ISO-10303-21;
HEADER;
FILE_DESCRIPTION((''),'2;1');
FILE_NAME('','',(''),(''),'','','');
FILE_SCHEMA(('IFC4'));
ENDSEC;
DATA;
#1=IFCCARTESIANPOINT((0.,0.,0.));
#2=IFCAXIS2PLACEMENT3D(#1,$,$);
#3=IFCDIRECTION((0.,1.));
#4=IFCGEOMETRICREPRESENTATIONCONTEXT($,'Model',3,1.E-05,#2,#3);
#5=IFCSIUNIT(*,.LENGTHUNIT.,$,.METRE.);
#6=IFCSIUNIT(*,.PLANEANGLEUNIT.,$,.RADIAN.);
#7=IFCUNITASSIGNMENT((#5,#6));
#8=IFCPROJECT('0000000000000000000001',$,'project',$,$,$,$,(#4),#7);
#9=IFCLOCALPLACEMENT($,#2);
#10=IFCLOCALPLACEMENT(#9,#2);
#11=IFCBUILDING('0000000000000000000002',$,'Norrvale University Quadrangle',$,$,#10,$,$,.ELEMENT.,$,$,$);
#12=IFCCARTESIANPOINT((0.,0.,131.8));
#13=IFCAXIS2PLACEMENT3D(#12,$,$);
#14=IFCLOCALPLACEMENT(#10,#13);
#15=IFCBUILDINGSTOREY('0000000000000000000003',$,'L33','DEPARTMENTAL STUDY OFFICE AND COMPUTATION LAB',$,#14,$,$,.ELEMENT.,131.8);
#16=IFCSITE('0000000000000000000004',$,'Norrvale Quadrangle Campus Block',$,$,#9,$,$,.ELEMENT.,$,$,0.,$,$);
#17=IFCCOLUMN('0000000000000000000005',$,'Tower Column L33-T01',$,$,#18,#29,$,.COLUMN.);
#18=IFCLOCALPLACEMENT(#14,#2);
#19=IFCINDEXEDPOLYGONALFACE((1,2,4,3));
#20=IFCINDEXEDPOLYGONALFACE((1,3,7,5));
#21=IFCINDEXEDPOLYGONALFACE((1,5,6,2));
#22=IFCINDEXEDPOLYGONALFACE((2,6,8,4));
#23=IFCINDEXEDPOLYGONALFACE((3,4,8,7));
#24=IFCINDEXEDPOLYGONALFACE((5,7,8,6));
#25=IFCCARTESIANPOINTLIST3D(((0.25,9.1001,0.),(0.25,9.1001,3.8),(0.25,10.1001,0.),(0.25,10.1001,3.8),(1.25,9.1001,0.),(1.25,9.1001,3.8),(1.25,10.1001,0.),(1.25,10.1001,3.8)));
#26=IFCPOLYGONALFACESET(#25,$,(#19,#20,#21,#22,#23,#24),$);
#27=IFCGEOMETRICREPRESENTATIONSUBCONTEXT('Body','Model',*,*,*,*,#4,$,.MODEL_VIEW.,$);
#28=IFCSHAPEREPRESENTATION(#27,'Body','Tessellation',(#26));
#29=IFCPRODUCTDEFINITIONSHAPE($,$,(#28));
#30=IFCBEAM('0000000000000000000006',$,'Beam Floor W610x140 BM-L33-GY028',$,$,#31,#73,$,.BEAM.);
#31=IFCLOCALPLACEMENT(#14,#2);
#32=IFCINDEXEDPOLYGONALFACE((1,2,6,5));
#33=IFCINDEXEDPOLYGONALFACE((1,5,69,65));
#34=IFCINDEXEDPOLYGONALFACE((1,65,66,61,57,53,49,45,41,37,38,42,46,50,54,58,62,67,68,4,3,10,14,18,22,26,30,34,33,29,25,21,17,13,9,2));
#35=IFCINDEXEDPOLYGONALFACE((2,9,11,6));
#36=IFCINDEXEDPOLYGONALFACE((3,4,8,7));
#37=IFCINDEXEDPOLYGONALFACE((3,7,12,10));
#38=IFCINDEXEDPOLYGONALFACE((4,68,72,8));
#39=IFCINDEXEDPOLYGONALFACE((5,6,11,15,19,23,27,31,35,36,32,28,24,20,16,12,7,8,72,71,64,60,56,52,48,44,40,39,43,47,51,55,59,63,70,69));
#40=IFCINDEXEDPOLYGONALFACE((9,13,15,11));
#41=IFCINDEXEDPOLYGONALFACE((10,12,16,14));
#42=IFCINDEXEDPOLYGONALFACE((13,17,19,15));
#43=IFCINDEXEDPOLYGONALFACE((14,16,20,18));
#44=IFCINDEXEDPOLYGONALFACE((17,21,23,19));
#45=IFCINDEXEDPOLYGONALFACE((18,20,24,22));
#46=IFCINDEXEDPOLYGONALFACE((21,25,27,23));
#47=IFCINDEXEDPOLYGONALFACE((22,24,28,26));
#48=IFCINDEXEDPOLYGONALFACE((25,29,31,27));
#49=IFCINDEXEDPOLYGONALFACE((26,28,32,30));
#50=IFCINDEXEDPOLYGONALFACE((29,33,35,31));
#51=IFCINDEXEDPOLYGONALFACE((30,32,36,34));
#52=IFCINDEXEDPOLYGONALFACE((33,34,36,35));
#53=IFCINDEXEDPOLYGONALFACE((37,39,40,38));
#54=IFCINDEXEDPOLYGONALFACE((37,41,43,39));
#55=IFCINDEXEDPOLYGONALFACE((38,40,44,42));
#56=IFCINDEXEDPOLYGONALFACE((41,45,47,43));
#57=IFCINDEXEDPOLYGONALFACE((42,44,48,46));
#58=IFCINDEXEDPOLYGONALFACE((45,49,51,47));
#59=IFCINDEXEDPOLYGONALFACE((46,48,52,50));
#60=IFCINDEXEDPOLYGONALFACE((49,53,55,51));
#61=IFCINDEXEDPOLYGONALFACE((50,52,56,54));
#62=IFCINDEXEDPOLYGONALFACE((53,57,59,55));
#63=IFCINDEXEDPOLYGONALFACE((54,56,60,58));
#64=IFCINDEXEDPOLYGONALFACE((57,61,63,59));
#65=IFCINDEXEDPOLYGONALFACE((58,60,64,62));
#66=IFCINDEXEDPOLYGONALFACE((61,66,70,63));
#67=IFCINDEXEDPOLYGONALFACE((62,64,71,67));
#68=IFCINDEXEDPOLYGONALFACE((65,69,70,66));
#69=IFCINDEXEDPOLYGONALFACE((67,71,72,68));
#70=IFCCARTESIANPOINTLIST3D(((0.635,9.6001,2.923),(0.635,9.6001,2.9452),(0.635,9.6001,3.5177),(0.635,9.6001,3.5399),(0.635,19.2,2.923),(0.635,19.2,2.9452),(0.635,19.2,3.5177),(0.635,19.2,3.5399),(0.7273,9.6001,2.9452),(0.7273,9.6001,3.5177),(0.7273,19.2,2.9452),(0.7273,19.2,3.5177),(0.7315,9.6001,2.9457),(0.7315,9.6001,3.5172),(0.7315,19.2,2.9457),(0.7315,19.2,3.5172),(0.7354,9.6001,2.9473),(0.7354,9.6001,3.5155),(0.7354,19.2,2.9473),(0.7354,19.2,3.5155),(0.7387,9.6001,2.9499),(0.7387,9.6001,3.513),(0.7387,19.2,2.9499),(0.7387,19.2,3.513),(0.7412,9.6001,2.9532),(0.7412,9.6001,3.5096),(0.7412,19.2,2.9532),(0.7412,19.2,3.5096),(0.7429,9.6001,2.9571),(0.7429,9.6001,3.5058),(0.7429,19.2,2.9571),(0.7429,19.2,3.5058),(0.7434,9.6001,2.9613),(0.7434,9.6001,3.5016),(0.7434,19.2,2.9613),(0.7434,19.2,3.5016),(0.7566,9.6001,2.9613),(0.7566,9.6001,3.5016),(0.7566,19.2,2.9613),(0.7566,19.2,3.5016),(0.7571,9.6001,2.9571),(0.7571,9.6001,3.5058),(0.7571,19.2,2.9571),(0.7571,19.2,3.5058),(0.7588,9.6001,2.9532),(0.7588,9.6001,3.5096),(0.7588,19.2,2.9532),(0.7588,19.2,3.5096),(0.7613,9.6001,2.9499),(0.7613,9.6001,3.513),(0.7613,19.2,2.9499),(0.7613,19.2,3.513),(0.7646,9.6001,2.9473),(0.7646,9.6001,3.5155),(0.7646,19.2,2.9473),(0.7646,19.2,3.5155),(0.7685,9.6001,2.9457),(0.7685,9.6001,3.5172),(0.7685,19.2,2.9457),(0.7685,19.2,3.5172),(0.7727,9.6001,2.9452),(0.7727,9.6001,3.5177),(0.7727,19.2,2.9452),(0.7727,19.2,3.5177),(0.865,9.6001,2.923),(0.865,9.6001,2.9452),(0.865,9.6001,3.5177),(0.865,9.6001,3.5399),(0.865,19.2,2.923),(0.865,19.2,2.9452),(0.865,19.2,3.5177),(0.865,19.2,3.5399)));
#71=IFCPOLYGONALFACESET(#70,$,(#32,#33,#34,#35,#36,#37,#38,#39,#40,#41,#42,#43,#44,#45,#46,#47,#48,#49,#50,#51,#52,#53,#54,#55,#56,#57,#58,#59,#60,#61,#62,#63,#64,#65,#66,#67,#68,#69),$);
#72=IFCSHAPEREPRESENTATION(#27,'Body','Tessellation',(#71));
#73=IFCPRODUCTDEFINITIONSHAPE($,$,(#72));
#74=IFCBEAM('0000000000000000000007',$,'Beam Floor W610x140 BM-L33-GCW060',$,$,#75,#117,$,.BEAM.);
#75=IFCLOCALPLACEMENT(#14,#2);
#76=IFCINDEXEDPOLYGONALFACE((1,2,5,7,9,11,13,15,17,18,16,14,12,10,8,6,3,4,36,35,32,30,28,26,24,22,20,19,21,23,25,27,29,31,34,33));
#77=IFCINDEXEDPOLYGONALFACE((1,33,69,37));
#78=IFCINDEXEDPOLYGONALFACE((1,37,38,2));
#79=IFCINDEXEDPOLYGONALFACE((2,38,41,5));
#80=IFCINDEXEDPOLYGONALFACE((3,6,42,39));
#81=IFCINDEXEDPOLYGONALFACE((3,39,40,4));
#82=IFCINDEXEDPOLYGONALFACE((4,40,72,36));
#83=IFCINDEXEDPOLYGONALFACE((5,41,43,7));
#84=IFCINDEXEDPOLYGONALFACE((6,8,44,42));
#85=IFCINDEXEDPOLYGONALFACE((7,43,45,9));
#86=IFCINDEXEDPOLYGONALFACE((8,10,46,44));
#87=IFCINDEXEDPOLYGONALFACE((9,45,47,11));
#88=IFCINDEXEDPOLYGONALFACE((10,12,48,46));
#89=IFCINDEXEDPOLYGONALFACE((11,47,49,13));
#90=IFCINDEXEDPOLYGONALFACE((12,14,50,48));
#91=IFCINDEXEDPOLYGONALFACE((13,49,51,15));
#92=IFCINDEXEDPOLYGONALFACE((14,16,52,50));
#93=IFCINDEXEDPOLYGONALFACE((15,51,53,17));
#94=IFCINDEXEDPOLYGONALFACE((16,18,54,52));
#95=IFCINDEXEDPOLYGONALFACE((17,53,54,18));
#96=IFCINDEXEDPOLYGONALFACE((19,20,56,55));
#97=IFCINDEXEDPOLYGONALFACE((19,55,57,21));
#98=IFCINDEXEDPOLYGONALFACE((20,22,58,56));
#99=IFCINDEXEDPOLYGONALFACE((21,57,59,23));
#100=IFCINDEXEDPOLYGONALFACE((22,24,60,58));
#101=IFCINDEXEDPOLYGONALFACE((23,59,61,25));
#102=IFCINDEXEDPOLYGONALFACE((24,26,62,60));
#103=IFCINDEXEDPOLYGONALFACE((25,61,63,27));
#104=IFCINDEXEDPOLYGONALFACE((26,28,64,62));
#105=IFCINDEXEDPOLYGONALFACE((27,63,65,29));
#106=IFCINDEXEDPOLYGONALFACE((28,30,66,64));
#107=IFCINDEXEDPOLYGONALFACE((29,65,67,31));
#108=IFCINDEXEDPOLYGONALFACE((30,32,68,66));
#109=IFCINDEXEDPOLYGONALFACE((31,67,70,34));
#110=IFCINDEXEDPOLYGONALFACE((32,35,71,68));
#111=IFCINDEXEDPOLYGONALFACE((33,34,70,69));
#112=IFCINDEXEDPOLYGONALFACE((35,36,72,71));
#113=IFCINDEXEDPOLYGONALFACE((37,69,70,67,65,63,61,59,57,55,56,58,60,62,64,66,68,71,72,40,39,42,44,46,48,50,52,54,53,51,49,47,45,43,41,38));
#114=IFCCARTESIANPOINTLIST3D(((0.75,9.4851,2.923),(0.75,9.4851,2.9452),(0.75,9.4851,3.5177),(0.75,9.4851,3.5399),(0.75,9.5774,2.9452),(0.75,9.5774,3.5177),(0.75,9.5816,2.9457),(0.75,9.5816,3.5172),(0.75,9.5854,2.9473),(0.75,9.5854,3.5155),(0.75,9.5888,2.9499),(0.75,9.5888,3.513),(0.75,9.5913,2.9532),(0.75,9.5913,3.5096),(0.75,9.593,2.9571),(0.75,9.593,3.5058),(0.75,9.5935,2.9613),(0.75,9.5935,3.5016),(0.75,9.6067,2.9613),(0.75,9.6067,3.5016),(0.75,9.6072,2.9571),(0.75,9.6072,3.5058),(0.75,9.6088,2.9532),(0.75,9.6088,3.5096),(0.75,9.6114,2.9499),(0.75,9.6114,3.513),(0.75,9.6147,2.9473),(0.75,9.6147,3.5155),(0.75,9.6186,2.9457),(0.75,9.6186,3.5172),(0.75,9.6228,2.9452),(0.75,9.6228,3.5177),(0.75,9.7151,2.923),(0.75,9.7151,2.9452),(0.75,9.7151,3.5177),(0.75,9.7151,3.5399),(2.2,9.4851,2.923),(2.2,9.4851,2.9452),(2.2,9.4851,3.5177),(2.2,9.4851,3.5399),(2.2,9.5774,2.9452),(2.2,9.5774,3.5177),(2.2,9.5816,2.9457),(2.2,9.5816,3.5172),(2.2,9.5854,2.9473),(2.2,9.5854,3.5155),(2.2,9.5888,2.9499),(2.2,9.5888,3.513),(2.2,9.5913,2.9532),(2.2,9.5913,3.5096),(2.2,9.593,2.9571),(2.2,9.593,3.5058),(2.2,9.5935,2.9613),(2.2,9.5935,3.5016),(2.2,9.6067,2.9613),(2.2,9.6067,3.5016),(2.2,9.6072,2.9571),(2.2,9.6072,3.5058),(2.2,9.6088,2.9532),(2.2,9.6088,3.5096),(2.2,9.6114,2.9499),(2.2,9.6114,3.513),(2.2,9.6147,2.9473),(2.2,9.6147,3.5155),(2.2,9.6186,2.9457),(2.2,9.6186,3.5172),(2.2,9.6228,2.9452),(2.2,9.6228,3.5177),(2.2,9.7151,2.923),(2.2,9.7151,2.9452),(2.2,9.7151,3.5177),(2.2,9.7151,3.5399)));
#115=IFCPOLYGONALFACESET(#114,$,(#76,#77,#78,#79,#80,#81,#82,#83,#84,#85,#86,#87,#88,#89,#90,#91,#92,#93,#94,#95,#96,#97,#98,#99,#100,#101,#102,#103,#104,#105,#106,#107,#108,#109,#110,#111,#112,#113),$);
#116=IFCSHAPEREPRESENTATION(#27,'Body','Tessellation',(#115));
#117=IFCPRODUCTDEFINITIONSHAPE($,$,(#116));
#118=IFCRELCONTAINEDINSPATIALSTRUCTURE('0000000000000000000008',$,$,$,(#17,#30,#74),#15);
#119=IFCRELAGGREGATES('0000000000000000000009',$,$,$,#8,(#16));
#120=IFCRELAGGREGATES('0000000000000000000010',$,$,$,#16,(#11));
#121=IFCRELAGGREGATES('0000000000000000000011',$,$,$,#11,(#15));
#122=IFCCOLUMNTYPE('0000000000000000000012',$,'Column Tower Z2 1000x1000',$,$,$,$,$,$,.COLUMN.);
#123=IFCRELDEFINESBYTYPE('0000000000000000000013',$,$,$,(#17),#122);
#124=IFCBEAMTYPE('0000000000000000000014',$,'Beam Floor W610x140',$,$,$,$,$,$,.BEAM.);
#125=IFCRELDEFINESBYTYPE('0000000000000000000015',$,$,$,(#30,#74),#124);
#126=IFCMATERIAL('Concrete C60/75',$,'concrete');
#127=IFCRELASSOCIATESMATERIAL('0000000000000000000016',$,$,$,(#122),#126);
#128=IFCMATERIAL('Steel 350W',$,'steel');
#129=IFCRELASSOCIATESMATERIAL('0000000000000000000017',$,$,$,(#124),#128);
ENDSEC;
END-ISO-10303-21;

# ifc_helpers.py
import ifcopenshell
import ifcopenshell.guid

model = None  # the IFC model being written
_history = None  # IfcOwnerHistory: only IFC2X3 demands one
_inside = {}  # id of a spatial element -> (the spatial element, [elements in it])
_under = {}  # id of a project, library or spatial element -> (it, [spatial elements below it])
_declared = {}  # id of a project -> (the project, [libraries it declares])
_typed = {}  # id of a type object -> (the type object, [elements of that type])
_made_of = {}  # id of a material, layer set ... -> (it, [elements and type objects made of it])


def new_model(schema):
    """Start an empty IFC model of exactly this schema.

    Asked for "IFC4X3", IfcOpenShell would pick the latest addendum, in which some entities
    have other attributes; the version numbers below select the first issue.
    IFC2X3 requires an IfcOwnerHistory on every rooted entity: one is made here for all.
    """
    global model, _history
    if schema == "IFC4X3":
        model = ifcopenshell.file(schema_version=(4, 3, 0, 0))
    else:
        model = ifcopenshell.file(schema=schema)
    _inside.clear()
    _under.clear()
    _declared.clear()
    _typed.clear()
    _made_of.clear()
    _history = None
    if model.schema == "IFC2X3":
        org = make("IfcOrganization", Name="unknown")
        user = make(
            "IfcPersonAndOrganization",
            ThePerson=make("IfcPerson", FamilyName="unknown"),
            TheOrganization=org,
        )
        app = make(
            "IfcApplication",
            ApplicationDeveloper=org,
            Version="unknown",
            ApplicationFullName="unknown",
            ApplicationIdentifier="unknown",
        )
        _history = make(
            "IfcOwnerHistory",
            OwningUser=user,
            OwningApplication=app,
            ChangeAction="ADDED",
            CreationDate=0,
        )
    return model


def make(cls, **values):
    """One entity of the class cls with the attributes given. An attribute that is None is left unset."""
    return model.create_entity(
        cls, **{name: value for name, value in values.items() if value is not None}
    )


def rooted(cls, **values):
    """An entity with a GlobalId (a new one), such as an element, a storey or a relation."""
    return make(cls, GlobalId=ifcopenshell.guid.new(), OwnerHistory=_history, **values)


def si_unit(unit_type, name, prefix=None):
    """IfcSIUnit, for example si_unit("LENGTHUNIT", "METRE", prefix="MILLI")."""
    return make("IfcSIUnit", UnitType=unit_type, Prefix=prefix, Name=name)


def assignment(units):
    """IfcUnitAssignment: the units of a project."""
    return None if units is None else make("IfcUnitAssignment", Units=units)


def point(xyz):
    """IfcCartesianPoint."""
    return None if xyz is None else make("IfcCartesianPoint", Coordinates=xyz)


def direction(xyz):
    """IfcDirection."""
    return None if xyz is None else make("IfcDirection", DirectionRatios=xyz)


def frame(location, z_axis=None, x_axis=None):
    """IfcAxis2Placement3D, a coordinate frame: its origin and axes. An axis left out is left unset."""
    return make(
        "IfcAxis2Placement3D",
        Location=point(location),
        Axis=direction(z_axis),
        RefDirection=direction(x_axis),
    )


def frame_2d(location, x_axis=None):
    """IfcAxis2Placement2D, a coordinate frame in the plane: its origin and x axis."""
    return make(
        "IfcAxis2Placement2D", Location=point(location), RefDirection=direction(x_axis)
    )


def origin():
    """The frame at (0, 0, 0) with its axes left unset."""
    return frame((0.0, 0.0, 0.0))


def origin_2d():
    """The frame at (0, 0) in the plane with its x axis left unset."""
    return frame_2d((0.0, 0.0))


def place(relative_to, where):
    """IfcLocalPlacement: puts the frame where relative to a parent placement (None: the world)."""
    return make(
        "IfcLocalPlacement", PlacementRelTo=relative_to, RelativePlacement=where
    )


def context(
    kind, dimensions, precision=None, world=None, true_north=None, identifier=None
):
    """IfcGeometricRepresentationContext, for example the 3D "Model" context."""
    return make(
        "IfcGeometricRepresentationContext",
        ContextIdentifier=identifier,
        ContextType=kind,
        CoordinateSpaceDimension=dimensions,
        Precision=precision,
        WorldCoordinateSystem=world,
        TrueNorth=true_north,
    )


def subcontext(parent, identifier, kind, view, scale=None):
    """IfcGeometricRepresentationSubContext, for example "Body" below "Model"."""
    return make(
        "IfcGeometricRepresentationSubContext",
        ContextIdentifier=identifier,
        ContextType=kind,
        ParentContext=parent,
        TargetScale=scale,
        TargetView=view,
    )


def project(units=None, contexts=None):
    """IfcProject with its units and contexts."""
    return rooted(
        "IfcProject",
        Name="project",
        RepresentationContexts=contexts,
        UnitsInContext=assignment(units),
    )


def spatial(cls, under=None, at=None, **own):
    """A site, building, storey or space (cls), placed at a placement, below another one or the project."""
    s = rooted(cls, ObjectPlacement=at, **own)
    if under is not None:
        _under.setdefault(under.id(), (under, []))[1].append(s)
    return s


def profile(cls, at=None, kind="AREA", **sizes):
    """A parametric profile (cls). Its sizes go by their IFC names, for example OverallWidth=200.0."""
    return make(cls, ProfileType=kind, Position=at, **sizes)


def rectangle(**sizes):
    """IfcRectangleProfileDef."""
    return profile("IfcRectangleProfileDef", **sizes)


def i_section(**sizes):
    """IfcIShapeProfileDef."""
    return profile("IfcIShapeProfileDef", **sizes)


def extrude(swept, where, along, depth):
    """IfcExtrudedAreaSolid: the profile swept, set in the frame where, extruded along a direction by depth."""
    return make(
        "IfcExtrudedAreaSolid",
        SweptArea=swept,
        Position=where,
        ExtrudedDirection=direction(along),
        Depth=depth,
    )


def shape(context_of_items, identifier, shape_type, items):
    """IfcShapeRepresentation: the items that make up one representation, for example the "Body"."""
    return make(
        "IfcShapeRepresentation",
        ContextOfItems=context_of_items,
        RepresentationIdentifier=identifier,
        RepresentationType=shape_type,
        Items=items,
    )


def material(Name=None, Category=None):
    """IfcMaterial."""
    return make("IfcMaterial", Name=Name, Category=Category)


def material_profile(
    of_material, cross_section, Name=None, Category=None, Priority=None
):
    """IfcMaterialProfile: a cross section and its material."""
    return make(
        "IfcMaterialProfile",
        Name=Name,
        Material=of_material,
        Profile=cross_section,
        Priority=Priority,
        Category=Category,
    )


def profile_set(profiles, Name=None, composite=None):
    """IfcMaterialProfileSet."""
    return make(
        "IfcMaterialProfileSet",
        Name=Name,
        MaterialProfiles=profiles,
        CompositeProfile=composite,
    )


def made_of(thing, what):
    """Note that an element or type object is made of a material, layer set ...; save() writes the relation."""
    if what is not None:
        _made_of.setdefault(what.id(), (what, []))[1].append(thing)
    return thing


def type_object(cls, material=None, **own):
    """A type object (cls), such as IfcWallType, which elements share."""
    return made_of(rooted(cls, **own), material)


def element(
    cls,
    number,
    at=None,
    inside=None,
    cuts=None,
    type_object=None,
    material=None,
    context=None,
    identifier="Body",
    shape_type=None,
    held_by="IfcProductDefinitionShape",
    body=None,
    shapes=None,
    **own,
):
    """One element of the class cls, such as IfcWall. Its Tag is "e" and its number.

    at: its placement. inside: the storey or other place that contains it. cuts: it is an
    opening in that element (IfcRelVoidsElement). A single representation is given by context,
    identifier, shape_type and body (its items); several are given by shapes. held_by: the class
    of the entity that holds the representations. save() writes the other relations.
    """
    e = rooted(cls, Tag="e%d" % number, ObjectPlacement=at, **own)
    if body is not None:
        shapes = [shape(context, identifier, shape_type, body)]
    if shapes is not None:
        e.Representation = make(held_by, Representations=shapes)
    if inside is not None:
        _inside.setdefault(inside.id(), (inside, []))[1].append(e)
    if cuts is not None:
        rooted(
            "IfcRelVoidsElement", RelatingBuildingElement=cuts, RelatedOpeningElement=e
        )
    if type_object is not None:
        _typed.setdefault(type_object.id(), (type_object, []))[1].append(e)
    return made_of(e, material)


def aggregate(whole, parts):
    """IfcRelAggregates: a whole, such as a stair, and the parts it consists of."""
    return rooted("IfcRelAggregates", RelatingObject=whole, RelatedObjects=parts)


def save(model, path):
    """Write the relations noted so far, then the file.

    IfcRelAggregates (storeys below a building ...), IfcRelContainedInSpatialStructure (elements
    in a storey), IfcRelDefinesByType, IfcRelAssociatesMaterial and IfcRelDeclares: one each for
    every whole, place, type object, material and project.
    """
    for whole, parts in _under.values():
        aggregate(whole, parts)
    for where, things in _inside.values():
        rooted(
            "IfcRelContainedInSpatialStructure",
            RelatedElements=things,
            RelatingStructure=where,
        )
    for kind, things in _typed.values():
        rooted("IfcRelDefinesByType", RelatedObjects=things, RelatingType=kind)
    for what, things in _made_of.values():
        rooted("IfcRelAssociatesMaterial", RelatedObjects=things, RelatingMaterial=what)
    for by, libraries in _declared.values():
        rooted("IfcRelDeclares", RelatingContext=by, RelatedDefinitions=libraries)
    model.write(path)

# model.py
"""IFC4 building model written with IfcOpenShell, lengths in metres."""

from ifc_helpers import new_model, si_unit, direction, frame, origin, origin_2d, place, context, subcontext, project, spatial, rectangle, i_section, extrude, material, material_profile, profile_set, type_object, element, save


model = new_model("IFC4")

# Units and contexts
model_context = context("Model", 3, precision=1e-05, world=origin(), true_north=direction((0.0, 1.0)))
body_context = subcontext(model_context, "Body", "Model", "MODEL_VIEW")
ifc_project = project(units=[si_unit("LENGTHUNIT", "METRE"), si_unit("PLANEANGLEUNIT", "RADIAN")], contexts=[model_context])

# Site, building, storey
site_placement = place(None, origin())
site = spatial("IfcSite", under=ifc_project, at=site_placement, Name="Norrvale Quadrangle Campus Block", CompositionType="ELEMENT", RefElevation=0.0)
building_placement = place(site_placement, origin())
building = spatial("IfcBuilding", under=site, at=building_placement, Name="Norrvale University Quadrangle", CompositionType="ELEMENT")
storey_placement = place(building_placement, frame((0.0, 0.0, 131.8)))
storey = spatial("IfcBuildingStorey", under=building, at=storey_placement, Name="L33", Description="DEPARTMENTAL STUDY OFFICE AND COMPUTATION LAB", CompositionType="ELEMENT", Elevation=131.8)

# Column
ifc_material_1 = material(Name="Concrete C60/75", Category="concrete")
ifc_material_profile_1 = material_profile(ifc_material_1, rectangle(XDim=1.0, YDim=1.0, at=origin_2d()), Name="Concrete C60/75")
ifc_profile_set_1 = profile_set([ifc_material_profile_1], Name="Concrete C60/75")
column_type = type_object("IfcColumnType", Name="Column Tower Z2 1000x1000", PredefinedType="COLUMN", material=ifc_profile_set_1)
column_placement = place(storey_placement, frame((0.75, 9.6001, 0.0), z_axis=(0.0, 0.0, 1.0), x_axis=(1.0, 0.0, 0.0)))
element("IfcColumn", 1, at=column_placement, inside=storey, type_object=column_type, Name="Tower Column L33-T01", PredefinedType="COLUMN", context=body_context, shape_type="SweptSolid", body=[
    extrude(rectangle(XDim=1.0, YDim=1.0, at=origin_2d()), origin(), (0.0, 0.0, 1.0), 3.8),
])

# Beams
ifc_material_2 = material(Name="Steel 350W", Category="steel")
ifc_material_profile_2 = material_profile(ifc_material_2, i_section(OverallWidth=0.23, OverallDepth=0.6169, WebThickness=0.0132, FlangeThickness=0.0222, FilletRadius=0.0161, at=origin_2d()), Name="Steel 350W")
ifc_profile_set_2 = profile_set([ifc_material_profile_2], Name="Steel 350W")
beam_type = type_object("IfcBeamType", Name="Beam Floor W610x140", PredefinedType="BEAM", material=ifc_profile_set_2)
beam_1_placement = place(storey_placement, frame((0.75, 9.6001, 3.2314), z_axis=(0.0, 1.0, 0.0), x_axis=(-1.0, 0.0, 0.0)))
element("IfcBeam", 2, at=beam_1_placement, inside=storey, type_object=beam_type, Name="Beam Floor W610x140 BM-L33-GY028", PredefinedType="BEAM", context=body_context, shape_type="SweptSolid", body=[
    extrude(i_section(OverallWidth=0.23, OverallDepth=0.6169, WebThickness=0.0132, FlangeThickness=0.0222, FilletRadius=0.0161, at=origin_2d()), origin(), (0.0, 0.0, 1.0), 9.5999),
])
beam_2_placement = place(storey_placement, frame((0.75, 9.6001, 3.2314), z_axis=(1.0, 0.0, 0.0), x_axis=(0.0, 1.0, 0.0)))
element("IfcBeam", 3, at=beam_2_placement, inside=storey, type_object=beam_type, Name="Beam Floor W610x140 BM-L33-GCW060", PredefinedType="BEAM", context=body_context, shape_type="SweptSolid", body=[
    extrude(i_section(OverallWidth=0.23, OverallDepth=0.6169, WebThickness=0.0132, FlangeThickness=0.0222, FilletRadius=0.0161, at=origin_2d()), origin(), (0.0, 0.0, 1.0), 1.45),
])

save(model, "model.ifc")
